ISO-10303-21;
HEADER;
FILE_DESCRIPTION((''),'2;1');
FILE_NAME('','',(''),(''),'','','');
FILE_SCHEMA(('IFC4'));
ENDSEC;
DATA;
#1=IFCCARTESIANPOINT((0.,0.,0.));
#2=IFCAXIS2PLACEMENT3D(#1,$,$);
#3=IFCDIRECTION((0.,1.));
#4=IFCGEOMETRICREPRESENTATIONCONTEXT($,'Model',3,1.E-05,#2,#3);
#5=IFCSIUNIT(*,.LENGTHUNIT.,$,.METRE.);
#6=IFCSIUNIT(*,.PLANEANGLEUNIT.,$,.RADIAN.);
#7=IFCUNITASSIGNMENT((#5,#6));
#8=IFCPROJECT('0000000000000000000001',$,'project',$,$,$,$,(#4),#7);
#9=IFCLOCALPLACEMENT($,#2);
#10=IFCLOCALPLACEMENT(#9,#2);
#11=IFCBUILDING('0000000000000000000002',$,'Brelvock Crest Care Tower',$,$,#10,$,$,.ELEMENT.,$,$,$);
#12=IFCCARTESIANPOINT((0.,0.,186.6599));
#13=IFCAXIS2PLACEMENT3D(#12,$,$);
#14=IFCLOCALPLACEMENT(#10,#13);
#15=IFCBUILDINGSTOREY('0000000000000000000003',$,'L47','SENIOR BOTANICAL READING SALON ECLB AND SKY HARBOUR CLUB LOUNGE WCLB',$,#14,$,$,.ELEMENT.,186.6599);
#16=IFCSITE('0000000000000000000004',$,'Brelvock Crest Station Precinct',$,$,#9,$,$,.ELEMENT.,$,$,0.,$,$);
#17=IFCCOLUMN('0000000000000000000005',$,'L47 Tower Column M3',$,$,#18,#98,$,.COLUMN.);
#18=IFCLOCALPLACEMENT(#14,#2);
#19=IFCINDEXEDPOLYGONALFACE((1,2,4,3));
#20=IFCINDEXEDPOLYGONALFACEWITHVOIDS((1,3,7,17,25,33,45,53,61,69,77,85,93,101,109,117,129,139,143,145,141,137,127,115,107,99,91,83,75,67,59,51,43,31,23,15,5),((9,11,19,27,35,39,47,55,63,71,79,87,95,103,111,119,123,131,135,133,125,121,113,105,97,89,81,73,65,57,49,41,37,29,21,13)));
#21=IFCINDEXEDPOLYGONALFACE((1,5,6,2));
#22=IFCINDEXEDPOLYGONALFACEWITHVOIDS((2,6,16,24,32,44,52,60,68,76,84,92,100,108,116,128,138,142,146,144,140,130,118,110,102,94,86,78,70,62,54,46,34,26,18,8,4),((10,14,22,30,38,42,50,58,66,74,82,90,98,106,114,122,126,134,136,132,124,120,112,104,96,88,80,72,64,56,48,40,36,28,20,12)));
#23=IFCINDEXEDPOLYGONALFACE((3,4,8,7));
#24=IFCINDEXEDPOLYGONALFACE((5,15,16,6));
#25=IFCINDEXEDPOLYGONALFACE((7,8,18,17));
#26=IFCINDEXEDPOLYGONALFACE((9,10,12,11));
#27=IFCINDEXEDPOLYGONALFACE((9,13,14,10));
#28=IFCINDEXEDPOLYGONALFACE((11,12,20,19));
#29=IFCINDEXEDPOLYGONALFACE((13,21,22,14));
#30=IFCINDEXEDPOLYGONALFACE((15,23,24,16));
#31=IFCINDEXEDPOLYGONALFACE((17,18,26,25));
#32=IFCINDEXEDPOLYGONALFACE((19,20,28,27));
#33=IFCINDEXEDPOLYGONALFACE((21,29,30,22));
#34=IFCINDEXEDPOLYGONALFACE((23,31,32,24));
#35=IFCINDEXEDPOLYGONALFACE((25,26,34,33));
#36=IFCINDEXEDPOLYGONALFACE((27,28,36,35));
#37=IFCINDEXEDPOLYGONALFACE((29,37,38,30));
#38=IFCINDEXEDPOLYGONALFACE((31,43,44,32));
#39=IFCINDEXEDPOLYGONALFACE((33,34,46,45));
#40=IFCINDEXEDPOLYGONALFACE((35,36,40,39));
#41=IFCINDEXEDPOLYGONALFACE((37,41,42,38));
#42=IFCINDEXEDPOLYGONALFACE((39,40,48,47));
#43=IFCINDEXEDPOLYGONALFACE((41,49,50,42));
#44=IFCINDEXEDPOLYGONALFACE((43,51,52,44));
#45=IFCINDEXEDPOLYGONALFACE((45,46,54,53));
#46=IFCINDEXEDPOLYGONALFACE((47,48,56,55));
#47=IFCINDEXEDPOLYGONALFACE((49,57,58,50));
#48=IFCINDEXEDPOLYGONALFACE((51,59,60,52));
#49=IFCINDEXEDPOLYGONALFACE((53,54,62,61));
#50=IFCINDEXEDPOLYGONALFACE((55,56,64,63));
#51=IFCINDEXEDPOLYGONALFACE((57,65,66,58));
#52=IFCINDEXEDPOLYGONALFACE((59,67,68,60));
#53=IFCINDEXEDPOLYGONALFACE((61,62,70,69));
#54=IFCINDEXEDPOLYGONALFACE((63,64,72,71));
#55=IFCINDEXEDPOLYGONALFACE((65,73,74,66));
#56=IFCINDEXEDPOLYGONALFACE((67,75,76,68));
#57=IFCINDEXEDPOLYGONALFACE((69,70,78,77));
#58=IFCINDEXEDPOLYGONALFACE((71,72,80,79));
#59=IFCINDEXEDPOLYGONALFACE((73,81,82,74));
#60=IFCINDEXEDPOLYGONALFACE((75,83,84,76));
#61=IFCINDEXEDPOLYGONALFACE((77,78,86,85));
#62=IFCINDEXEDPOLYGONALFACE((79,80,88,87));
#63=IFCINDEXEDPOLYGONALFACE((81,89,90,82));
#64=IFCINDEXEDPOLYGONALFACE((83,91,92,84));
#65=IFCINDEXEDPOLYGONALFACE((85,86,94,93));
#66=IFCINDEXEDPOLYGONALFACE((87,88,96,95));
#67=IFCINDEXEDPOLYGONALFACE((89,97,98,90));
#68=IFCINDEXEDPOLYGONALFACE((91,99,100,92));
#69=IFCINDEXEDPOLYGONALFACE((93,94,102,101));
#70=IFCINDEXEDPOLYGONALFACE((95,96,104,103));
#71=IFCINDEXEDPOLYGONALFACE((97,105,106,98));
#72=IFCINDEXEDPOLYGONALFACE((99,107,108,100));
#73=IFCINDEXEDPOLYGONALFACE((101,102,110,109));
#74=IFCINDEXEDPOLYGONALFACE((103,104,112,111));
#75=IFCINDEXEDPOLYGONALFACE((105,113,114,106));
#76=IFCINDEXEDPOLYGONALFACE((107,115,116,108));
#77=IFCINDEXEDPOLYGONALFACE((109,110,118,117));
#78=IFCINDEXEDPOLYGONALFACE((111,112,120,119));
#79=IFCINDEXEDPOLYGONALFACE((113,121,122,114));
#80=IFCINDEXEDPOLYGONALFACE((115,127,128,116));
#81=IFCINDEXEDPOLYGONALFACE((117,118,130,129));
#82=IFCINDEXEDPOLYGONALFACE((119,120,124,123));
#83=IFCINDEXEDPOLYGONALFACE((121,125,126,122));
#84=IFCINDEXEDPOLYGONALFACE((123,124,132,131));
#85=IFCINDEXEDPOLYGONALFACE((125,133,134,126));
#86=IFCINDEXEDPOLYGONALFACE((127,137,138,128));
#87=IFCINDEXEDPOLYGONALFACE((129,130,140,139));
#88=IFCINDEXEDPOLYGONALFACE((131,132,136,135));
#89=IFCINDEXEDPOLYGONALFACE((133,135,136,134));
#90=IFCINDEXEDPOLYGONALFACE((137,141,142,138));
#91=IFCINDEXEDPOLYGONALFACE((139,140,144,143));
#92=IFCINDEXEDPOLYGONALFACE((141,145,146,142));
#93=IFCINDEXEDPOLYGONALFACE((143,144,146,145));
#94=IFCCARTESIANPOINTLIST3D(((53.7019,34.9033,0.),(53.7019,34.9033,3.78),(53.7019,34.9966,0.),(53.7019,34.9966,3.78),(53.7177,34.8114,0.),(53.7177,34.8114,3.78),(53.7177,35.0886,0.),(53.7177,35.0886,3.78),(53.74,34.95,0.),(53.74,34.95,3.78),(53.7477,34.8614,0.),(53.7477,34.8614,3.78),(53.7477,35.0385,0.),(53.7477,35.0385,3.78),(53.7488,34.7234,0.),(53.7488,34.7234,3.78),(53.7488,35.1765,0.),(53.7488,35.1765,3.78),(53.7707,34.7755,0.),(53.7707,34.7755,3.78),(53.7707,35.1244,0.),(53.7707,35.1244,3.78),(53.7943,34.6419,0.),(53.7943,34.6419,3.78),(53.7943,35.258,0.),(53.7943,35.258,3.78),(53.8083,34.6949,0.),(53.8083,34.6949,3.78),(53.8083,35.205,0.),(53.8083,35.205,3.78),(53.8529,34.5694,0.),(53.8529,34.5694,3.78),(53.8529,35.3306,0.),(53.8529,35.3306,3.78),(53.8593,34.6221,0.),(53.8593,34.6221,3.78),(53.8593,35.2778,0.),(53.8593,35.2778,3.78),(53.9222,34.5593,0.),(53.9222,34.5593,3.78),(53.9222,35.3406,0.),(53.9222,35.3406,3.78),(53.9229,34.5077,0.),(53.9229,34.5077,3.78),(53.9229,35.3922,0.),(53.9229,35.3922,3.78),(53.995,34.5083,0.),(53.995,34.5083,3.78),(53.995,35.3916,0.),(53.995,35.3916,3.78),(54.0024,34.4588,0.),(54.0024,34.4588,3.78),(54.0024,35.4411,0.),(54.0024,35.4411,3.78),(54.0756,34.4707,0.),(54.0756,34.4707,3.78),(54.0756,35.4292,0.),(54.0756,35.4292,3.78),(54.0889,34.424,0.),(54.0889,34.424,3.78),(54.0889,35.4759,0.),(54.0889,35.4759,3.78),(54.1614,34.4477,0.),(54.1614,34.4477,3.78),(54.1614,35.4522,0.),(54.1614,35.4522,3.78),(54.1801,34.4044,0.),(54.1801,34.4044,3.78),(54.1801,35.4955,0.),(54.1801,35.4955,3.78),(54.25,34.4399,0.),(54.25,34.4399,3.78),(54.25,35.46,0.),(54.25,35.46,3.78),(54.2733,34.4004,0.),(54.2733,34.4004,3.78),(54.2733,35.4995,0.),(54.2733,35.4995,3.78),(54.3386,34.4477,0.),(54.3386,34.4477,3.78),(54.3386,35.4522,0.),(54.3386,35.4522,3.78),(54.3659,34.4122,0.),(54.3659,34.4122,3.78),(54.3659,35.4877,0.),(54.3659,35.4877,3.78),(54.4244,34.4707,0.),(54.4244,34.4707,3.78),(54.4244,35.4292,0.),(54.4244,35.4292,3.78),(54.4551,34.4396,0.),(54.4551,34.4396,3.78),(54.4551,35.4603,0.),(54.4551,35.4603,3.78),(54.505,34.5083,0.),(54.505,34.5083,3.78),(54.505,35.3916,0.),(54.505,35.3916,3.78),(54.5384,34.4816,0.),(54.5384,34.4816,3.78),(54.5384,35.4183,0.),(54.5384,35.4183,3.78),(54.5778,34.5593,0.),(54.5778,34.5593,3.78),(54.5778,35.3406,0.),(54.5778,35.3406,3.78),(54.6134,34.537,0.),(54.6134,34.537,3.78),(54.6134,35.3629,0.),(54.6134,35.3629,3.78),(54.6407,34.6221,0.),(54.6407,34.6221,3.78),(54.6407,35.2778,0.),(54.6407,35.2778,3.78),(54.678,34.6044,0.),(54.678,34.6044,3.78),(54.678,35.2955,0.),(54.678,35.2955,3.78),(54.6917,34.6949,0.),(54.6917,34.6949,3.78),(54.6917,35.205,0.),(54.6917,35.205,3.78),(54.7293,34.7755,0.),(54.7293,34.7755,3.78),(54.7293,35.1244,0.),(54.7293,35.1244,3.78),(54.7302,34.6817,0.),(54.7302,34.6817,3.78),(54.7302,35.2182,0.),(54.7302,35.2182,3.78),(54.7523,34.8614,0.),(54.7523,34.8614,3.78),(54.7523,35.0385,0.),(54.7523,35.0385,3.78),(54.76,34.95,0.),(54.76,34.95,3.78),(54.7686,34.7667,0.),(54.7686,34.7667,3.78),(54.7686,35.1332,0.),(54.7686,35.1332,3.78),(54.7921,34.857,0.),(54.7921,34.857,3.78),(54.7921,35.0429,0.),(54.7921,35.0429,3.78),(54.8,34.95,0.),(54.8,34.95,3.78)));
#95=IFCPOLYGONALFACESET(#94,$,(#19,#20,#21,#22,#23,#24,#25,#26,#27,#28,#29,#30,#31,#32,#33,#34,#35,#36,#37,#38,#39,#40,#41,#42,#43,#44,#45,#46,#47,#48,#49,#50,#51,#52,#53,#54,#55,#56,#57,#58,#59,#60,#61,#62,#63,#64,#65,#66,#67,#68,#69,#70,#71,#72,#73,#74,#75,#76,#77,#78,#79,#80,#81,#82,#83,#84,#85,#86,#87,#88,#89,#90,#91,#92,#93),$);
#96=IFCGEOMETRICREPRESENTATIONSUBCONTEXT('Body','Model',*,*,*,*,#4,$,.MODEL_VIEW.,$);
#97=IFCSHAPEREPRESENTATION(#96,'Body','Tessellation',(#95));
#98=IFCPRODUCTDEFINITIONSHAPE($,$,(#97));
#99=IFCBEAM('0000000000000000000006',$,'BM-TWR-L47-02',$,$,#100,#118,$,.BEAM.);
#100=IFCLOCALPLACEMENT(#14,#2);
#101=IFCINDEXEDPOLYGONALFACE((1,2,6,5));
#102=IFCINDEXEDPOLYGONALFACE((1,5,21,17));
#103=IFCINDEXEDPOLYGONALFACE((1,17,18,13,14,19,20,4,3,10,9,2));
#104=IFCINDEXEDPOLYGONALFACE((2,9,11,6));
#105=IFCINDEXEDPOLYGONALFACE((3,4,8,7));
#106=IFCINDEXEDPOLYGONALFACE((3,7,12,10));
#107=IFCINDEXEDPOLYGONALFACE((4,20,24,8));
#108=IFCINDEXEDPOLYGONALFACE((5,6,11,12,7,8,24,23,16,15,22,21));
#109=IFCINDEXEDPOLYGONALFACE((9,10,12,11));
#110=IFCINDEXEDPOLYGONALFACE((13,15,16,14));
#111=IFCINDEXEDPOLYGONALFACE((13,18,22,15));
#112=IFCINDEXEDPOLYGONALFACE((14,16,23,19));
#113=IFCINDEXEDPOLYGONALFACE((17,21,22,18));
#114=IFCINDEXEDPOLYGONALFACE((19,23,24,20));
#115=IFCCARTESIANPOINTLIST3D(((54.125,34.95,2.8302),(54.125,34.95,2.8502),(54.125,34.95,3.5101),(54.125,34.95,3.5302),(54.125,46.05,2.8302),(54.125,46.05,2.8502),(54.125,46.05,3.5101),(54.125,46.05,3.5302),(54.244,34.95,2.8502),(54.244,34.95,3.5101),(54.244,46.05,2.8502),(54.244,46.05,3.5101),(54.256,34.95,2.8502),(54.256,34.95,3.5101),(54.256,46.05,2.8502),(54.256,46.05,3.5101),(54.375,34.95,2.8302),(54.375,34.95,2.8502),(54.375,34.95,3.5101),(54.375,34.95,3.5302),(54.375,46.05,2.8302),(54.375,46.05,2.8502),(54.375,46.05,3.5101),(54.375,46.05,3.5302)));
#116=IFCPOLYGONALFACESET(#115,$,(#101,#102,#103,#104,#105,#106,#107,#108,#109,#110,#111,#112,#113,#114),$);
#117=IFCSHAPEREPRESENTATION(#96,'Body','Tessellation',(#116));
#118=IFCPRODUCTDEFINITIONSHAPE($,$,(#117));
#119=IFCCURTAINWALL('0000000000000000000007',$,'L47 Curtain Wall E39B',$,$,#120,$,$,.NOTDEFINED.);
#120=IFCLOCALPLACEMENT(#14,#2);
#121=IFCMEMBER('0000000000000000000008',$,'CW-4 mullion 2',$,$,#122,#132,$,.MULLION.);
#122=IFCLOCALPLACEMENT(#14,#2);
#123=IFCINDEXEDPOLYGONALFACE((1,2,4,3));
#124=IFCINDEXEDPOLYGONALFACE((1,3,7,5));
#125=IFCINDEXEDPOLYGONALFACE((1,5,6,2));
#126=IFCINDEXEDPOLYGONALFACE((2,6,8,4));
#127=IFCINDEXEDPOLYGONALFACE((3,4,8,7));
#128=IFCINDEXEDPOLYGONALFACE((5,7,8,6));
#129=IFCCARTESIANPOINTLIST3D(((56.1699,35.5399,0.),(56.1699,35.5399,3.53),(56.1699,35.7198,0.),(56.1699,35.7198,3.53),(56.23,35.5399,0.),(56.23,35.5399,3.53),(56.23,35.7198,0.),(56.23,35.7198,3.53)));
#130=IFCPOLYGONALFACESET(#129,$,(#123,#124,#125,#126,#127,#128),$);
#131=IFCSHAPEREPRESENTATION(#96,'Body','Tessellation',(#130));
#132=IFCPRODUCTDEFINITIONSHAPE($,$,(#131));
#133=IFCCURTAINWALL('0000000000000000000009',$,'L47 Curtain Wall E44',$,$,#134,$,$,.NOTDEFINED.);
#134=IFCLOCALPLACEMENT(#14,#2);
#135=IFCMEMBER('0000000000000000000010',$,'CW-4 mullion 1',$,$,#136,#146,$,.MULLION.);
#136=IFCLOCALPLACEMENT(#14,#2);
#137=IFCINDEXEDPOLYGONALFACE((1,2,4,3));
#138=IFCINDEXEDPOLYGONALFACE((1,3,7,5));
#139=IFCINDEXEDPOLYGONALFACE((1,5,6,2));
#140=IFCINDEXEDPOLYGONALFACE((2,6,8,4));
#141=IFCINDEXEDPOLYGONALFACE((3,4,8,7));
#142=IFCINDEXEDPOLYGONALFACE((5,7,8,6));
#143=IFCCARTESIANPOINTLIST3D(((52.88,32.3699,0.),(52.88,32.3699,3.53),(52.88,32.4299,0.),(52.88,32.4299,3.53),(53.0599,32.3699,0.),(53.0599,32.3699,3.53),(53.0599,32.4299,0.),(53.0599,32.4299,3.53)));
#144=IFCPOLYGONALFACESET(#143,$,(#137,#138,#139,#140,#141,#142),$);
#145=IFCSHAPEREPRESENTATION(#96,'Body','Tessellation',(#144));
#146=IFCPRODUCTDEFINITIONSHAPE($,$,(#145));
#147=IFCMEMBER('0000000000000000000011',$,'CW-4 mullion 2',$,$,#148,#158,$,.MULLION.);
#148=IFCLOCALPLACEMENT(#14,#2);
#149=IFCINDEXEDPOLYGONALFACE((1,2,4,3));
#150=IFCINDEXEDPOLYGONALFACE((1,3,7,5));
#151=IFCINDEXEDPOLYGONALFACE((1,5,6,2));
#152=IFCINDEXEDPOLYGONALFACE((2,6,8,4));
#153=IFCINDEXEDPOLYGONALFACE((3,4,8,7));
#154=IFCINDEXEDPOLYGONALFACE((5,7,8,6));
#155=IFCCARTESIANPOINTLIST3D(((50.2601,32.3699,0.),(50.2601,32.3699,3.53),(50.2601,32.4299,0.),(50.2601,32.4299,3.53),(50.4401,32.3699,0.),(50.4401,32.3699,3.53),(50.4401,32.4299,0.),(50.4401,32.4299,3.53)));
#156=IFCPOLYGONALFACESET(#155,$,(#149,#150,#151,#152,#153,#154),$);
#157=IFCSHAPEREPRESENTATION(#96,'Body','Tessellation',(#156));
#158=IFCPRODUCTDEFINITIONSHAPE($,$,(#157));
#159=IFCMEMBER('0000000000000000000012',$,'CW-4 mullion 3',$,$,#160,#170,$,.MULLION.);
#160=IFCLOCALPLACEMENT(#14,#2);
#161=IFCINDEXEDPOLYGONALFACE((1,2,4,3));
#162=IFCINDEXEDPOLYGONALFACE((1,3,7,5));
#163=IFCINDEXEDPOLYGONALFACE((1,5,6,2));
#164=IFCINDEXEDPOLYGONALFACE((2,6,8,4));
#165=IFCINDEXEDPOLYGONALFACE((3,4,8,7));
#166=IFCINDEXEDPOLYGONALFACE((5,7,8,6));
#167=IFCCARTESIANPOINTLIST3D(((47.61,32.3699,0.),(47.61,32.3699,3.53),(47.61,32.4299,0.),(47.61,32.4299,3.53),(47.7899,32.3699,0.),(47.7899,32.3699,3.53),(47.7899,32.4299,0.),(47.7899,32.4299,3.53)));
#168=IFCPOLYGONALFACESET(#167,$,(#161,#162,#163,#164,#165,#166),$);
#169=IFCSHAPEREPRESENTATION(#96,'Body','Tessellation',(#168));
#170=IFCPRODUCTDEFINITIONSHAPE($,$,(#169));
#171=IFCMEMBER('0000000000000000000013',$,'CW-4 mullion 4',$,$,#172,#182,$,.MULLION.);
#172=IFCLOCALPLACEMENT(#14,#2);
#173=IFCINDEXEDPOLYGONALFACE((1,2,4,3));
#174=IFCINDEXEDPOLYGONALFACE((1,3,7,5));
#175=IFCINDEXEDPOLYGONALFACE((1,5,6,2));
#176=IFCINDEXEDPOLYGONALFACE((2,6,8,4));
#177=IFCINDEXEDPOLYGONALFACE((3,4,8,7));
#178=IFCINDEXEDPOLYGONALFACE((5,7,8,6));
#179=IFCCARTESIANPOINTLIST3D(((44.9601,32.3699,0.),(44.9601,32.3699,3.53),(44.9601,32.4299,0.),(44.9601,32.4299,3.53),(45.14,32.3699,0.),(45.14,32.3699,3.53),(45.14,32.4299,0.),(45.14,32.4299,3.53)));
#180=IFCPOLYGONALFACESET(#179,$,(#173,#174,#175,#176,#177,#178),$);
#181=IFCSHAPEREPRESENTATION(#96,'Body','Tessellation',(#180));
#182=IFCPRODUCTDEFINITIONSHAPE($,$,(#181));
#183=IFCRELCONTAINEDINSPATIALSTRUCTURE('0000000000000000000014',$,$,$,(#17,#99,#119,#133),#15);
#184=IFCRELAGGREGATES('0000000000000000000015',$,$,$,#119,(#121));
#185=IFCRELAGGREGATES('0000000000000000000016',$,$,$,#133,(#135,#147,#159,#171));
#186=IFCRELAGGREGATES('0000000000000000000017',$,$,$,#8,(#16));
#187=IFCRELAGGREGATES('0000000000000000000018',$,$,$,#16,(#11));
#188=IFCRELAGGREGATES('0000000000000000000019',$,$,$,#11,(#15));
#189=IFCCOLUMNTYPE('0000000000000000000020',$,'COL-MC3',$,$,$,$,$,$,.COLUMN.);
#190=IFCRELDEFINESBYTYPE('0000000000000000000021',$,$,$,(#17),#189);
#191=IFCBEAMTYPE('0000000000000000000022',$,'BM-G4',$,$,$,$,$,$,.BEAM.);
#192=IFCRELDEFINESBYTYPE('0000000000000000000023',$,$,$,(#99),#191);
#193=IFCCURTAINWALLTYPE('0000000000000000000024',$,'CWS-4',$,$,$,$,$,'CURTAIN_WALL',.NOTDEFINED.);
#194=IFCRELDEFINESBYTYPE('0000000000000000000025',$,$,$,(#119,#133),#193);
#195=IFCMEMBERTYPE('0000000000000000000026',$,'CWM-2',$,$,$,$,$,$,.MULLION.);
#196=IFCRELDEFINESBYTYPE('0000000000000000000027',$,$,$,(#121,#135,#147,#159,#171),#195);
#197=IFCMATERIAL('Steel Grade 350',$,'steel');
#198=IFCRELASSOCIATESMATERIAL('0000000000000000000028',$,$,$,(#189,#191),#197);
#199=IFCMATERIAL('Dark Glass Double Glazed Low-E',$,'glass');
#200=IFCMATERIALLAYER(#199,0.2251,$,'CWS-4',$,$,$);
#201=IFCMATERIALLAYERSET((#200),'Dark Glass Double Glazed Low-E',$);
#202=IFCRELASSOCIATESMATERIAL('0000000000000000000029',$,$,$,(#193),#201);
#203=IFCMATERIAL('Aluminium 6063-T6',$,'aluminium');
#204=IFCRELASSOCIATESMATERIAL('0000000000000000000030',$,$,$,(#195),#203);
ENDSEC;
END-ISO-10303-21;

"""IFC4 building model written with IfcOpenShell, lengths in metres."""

from ifc_helpers import new_model, si_unit, direction, frame, origin, origin_2d, place, context, subcontext, project, spatial, rectangle, hollow_circle, i_section, extrude, source, transform, mapped, material, layer, layer_set, material_profile, profile_set, type_object, element, aggregate, save


model = new_model("IFC4")

# Units and contexts
model_context = context("Model", 3, precision=1e-05, world=origin(), true_north=direction((0.0, 1.0)))
body_context = subcontext(model_context, "Body", "Model", "MODEL_VIEW")
ifc_project = project(units=[si_unit("LENGTHUNIT", "METRE"), si_unit("PLANEANGLEUNIT", "RADIAN")], contexts=[model_context])

# Site, building, storey
site_placement = place(None, origin())
site = spatial("IfcSite", under=ifc_project, at=site_placement, Name="Brelvock Crest Station Precinct", CompositionType="ELEMENT", RefElevation=0.0)
building_placement = place(site_placement, origin())
building = spatial("IfcBuilding", under=site, at=building_placement, Name="Brelvock Crest Care Tower", CompositionType="ELEMENT")
storey_placement = place(building_placement, frame((0.0, 0.0, 186.6599)))
storey = spatial("IfcBuildingStorey", under=building, at=storey_placement, Name="L47", Description="SENIOR BOTANICAL READING SALON ECLB AND SKY HARBOUR CLUB LOUNGE WCLB", CompositionType="ELEMENT", Elevation=186.6599)

# Column
ifc_material_1 = material(Name="Steel Grade 350", Category="steel")
ifc_material_profile_1 = material_profile(ifc_material_1, hollow_circle(Radius=0.55, WallThickness=0.04, at=origin_2d()), Name="CFT1100x40")
ifc_profile_set_1 = profile_set([ifc_material_profile_1], Name="Steel Grade 350")
column_type = type_object("IfcColumnType", Name="COL-MC3", PredefinedType="COLUMN", material=ifc_profile_set_1)
shared_shape_1 = source(origin(), body_context, "Body", "SweptSolid", [
    extrude(hollow_circle(Radius=0.55, WallThickness=0.04, at=origin_2d()), origin(), (0.0, 0.0, 1.0), 3.78),
])
column_placement = place(storey_placement, frame((54.25, 34.95, 0.0), z_axis=(0.0, 0.0, 1.0), x_axis=(1.0, 0.0, 0.0)))
element("IfcColumn", 1, at=column_placement, inside=storey, type_object=column_type, Name="L47 Tower Column M3", PredefinedType="COLUMN", context=body_context, shape_type="MappedRepresentation", body=[
    mapped(shared_shape_1, transform((0.0, 0.0, 0.0), x_axis=(1.0, 0.0, 0.0), y_axis=(0.0, 1.0, 0.0), z_axis=(0.0, 0.0, 1.0), scale=1.0)),
])

# Beam
ifc_material_profile_2 = material_profile(ifc_material_1, i_section(OverallWidth=0.25, OverallDepth=0.7, WebThickness=0.012, FlangeThickness=0.02, at=origin_2d()), Name="700WB150")
ifc_profile_set_2 = profile_set([ifc_material_profile_2], Name="Steel Grade 350")
beam_type = type_object("IfcBeamType", Name="BM-G4", PredefinedType="BEAM", material=ifc_profile_set_2)
shared_shape_2 = source(origin(), body_context, "Body", "SweptSolid", [
    extrude(i_section(OverallWidth=0.25, OverallDepth=0.7, WebThickness=0.012, FlangeThickness=0.02, at=origin_2d()), origin(), (0.0, 0.0, 1.0), 11.1001),
])
beam_placement = place(storey_placement, frame((54.25, 34.95, 3.1802), z_axis=(0.0, 1.0, 0.0), x_axis=(-1.0, 0.0, 0.0)))
element("IfcBeam", 2, at=beam_placement, inside=storey, type_object=beam_type, Name="BM-TWR-L47-02", PredefinedType="BEAM", context=body_context, shape_type="MappedRepresentation", body=[
    mapped(shared_shape_2, transform((0.0, 0.0, 0.0), x_axis=(1.0, 0.0, 0.0), y_axis=(0.0, 1.0, 0.0), z_axis=(0.0, 0.0, 1.0), scale=1.0)),
])

# Curtain wall, member
ifc_material_2 = material(Name="Dark Glass Double Glazed Low-E", Category="glass")
ifc_layer_1 = layer(ifc_material_2, 0.2251, Name="CWS-4")
ifc_layer_set_1 = layer_set([ifc_layer_1], Name="Dark Glass Double Glazed Low-E")
curtain_wall_type = type_object("IfcCurtainWallType", Name="CWS-4", ElementType="CURTAIN_WALL", PredefinedType="NOTDEFINED", material=ifc_layer_set_1)
curtain_wall_1_placement = place(storey_placement, origin())
curtain_wall_1 = element("IfcCurtainWall", 3, at=curtain_wall_1_placement, inside=storey, type_object=curtain_wall_type, Name="L47 Curtain Wall E39B", PredefinedType="NOTDEFINED")
ifc_material_3 = material(Name="Aluminium 6063-T6", Category="aluminium")
ifc_material_profile_3 = material_profile(ifc_material_3, rectangle(XDim=0.0601, YDim=0.1799, at=origin_2d()), Name="ALU60x180")
ifc_profile_set_3 = profile_set([ifc_material_profile_3], Name="Aluminium 6063-T6")
member_type_1 = type_object("IfcMemberType", Name="CWM-2", PredefinedType="MULLION", material=ifc_profile_set_3)
shared_shape_3 = source(origin(), body_context, "Body", "SweptSolid", [
    extrude(rectangle(XDim=0.0601, YDim=0.1799, at=origin_2d()), origin(), (0.0, 0.0, 1.0), 3.53),
])
member_1_placement = place(storey_placement, frame((56.2, 35.6299, 0.0), z_axis=(0.0, 0.0, 1.0), x_axis=(1.0, 0.0, 0.0)))
member_1 = element("IfcMember", 4, at=member_1_placement, type_object=member_type_1, Name="CW-4 mullion 2", PredefinedType="MULLION", context=body_context, shape_type="MappedRepresentation", body=[
    mapped(shared_shape_3, transform((0.0, 0.0, 0.0), x_axis=(1.0, 0.0, 0.0), y_axis=(0.0, 1.0, 0.0), z_axis=(0.0, 0.0, 1.0), scale=1.0)),
])
aggregate(curtain_wall_1, [member_1])

# Curtain wall, members
curtain_wall_2_placement = place(storey_placement, origin())
curtain_wall_2 = element("IfcCurtainWall", 5, at=curtain_wall_2_placement, inside=storey, type_object=curtain_wall_type, Name="L47 Curtain Wall E44", PredefinedType="NOTDEFINED")
member_2_placement = place(storey_placement, frame((52.97, 32.3999, 0.0), z_axis=(0.0, 0.0, 1.0), x_axis=(0.0, -1.0, 0.0)))
member_2 = element("IfcMember", 6, at=member_2_placement, type_object=member_type_1, Name="CW-4 mullion 1", PredefinedType="MULLION", context=body_context, shape_type="MappedRepresentation", body=[
    mapped(shared_shape_3, transform((0.0, 0.0, 0.0), x_axis=(1.0, 0.0, 0.0), y_axis=(0.0, 1.0, 0.0), z_axis=(0.0, 0.0, 1.0), scale=1.0)),
])
member_3_placement = place(storey_placement, frame((50.3501, 32.3999, 0.0), z_axis=(0.0, 0.0, 1.0), x_axis=(0.0, -1.0, 0.0)))
member_3 = element("IfcMember", 7, at=member_3_placement, type_object=member_type_1, Name="CW-4 mullion 2", PredefinedType="MULLION", context=body_context, shape_type="MappedRepresentation", body=[
    mapped(shared_shape_3, transform((0.0, 0.0, 0.0), x_axis=(1.0, 0.0, 0.0), y_axis=(0.0, 1.0, 0.0), z_axis=(0.0, 0.0, 1.0), scale=1.0)),
])
member_4_placement = place(storey_placement, frame((47.7, 32.3999, 0.0), z_axis=(0.0, 0.0, 1.0), x_axis=(0.0, -1.0, 0.0)))
member_4 = element("IfcMember", 8, at=member_4_placement, type_object=member_type_1, Name="CW-4 mullion 3", PredefinedType="MULLION", context=body_context, shape_type="MappedRepresentation", body=[
    mapped(shared_shape_3, transform((0.0, 0.0, 0.0), x_axis=(1.0, 0.0, 0.0), y_axis=(0.0, 1.0, 0.0), z_axis=(0.0, 0.0, 1.0), scale=1.0)),
])
member_5_placement = place(storey_placement, frame((45.05, 32.3999, 0.0), z_axis=(0.0, 0.0, 1.0), x_axis=(0.0, -1.0, 0.0)))
member_5 = element("IfcMember", 9, at=member_5_placement, type_object=member_type_1, Name="CW-4 mullion 4", PredefinedType="MULLION", context=body_context, shape_type="MappedRepresentation", body=[
    mapped(shared_shape_3, transform((0.0, 0.0, 0.0), x_axis=(1.0, 0.0, 0.0), y_axis=(0.0, 1.0, 0.0), z_axis=(0.0, 0.0, 1.0), scale=1.0)),
])
aggregate(curtain_wall_2, [member_2, member_3, member_4, member_5])

save(model, "model.ifc")
